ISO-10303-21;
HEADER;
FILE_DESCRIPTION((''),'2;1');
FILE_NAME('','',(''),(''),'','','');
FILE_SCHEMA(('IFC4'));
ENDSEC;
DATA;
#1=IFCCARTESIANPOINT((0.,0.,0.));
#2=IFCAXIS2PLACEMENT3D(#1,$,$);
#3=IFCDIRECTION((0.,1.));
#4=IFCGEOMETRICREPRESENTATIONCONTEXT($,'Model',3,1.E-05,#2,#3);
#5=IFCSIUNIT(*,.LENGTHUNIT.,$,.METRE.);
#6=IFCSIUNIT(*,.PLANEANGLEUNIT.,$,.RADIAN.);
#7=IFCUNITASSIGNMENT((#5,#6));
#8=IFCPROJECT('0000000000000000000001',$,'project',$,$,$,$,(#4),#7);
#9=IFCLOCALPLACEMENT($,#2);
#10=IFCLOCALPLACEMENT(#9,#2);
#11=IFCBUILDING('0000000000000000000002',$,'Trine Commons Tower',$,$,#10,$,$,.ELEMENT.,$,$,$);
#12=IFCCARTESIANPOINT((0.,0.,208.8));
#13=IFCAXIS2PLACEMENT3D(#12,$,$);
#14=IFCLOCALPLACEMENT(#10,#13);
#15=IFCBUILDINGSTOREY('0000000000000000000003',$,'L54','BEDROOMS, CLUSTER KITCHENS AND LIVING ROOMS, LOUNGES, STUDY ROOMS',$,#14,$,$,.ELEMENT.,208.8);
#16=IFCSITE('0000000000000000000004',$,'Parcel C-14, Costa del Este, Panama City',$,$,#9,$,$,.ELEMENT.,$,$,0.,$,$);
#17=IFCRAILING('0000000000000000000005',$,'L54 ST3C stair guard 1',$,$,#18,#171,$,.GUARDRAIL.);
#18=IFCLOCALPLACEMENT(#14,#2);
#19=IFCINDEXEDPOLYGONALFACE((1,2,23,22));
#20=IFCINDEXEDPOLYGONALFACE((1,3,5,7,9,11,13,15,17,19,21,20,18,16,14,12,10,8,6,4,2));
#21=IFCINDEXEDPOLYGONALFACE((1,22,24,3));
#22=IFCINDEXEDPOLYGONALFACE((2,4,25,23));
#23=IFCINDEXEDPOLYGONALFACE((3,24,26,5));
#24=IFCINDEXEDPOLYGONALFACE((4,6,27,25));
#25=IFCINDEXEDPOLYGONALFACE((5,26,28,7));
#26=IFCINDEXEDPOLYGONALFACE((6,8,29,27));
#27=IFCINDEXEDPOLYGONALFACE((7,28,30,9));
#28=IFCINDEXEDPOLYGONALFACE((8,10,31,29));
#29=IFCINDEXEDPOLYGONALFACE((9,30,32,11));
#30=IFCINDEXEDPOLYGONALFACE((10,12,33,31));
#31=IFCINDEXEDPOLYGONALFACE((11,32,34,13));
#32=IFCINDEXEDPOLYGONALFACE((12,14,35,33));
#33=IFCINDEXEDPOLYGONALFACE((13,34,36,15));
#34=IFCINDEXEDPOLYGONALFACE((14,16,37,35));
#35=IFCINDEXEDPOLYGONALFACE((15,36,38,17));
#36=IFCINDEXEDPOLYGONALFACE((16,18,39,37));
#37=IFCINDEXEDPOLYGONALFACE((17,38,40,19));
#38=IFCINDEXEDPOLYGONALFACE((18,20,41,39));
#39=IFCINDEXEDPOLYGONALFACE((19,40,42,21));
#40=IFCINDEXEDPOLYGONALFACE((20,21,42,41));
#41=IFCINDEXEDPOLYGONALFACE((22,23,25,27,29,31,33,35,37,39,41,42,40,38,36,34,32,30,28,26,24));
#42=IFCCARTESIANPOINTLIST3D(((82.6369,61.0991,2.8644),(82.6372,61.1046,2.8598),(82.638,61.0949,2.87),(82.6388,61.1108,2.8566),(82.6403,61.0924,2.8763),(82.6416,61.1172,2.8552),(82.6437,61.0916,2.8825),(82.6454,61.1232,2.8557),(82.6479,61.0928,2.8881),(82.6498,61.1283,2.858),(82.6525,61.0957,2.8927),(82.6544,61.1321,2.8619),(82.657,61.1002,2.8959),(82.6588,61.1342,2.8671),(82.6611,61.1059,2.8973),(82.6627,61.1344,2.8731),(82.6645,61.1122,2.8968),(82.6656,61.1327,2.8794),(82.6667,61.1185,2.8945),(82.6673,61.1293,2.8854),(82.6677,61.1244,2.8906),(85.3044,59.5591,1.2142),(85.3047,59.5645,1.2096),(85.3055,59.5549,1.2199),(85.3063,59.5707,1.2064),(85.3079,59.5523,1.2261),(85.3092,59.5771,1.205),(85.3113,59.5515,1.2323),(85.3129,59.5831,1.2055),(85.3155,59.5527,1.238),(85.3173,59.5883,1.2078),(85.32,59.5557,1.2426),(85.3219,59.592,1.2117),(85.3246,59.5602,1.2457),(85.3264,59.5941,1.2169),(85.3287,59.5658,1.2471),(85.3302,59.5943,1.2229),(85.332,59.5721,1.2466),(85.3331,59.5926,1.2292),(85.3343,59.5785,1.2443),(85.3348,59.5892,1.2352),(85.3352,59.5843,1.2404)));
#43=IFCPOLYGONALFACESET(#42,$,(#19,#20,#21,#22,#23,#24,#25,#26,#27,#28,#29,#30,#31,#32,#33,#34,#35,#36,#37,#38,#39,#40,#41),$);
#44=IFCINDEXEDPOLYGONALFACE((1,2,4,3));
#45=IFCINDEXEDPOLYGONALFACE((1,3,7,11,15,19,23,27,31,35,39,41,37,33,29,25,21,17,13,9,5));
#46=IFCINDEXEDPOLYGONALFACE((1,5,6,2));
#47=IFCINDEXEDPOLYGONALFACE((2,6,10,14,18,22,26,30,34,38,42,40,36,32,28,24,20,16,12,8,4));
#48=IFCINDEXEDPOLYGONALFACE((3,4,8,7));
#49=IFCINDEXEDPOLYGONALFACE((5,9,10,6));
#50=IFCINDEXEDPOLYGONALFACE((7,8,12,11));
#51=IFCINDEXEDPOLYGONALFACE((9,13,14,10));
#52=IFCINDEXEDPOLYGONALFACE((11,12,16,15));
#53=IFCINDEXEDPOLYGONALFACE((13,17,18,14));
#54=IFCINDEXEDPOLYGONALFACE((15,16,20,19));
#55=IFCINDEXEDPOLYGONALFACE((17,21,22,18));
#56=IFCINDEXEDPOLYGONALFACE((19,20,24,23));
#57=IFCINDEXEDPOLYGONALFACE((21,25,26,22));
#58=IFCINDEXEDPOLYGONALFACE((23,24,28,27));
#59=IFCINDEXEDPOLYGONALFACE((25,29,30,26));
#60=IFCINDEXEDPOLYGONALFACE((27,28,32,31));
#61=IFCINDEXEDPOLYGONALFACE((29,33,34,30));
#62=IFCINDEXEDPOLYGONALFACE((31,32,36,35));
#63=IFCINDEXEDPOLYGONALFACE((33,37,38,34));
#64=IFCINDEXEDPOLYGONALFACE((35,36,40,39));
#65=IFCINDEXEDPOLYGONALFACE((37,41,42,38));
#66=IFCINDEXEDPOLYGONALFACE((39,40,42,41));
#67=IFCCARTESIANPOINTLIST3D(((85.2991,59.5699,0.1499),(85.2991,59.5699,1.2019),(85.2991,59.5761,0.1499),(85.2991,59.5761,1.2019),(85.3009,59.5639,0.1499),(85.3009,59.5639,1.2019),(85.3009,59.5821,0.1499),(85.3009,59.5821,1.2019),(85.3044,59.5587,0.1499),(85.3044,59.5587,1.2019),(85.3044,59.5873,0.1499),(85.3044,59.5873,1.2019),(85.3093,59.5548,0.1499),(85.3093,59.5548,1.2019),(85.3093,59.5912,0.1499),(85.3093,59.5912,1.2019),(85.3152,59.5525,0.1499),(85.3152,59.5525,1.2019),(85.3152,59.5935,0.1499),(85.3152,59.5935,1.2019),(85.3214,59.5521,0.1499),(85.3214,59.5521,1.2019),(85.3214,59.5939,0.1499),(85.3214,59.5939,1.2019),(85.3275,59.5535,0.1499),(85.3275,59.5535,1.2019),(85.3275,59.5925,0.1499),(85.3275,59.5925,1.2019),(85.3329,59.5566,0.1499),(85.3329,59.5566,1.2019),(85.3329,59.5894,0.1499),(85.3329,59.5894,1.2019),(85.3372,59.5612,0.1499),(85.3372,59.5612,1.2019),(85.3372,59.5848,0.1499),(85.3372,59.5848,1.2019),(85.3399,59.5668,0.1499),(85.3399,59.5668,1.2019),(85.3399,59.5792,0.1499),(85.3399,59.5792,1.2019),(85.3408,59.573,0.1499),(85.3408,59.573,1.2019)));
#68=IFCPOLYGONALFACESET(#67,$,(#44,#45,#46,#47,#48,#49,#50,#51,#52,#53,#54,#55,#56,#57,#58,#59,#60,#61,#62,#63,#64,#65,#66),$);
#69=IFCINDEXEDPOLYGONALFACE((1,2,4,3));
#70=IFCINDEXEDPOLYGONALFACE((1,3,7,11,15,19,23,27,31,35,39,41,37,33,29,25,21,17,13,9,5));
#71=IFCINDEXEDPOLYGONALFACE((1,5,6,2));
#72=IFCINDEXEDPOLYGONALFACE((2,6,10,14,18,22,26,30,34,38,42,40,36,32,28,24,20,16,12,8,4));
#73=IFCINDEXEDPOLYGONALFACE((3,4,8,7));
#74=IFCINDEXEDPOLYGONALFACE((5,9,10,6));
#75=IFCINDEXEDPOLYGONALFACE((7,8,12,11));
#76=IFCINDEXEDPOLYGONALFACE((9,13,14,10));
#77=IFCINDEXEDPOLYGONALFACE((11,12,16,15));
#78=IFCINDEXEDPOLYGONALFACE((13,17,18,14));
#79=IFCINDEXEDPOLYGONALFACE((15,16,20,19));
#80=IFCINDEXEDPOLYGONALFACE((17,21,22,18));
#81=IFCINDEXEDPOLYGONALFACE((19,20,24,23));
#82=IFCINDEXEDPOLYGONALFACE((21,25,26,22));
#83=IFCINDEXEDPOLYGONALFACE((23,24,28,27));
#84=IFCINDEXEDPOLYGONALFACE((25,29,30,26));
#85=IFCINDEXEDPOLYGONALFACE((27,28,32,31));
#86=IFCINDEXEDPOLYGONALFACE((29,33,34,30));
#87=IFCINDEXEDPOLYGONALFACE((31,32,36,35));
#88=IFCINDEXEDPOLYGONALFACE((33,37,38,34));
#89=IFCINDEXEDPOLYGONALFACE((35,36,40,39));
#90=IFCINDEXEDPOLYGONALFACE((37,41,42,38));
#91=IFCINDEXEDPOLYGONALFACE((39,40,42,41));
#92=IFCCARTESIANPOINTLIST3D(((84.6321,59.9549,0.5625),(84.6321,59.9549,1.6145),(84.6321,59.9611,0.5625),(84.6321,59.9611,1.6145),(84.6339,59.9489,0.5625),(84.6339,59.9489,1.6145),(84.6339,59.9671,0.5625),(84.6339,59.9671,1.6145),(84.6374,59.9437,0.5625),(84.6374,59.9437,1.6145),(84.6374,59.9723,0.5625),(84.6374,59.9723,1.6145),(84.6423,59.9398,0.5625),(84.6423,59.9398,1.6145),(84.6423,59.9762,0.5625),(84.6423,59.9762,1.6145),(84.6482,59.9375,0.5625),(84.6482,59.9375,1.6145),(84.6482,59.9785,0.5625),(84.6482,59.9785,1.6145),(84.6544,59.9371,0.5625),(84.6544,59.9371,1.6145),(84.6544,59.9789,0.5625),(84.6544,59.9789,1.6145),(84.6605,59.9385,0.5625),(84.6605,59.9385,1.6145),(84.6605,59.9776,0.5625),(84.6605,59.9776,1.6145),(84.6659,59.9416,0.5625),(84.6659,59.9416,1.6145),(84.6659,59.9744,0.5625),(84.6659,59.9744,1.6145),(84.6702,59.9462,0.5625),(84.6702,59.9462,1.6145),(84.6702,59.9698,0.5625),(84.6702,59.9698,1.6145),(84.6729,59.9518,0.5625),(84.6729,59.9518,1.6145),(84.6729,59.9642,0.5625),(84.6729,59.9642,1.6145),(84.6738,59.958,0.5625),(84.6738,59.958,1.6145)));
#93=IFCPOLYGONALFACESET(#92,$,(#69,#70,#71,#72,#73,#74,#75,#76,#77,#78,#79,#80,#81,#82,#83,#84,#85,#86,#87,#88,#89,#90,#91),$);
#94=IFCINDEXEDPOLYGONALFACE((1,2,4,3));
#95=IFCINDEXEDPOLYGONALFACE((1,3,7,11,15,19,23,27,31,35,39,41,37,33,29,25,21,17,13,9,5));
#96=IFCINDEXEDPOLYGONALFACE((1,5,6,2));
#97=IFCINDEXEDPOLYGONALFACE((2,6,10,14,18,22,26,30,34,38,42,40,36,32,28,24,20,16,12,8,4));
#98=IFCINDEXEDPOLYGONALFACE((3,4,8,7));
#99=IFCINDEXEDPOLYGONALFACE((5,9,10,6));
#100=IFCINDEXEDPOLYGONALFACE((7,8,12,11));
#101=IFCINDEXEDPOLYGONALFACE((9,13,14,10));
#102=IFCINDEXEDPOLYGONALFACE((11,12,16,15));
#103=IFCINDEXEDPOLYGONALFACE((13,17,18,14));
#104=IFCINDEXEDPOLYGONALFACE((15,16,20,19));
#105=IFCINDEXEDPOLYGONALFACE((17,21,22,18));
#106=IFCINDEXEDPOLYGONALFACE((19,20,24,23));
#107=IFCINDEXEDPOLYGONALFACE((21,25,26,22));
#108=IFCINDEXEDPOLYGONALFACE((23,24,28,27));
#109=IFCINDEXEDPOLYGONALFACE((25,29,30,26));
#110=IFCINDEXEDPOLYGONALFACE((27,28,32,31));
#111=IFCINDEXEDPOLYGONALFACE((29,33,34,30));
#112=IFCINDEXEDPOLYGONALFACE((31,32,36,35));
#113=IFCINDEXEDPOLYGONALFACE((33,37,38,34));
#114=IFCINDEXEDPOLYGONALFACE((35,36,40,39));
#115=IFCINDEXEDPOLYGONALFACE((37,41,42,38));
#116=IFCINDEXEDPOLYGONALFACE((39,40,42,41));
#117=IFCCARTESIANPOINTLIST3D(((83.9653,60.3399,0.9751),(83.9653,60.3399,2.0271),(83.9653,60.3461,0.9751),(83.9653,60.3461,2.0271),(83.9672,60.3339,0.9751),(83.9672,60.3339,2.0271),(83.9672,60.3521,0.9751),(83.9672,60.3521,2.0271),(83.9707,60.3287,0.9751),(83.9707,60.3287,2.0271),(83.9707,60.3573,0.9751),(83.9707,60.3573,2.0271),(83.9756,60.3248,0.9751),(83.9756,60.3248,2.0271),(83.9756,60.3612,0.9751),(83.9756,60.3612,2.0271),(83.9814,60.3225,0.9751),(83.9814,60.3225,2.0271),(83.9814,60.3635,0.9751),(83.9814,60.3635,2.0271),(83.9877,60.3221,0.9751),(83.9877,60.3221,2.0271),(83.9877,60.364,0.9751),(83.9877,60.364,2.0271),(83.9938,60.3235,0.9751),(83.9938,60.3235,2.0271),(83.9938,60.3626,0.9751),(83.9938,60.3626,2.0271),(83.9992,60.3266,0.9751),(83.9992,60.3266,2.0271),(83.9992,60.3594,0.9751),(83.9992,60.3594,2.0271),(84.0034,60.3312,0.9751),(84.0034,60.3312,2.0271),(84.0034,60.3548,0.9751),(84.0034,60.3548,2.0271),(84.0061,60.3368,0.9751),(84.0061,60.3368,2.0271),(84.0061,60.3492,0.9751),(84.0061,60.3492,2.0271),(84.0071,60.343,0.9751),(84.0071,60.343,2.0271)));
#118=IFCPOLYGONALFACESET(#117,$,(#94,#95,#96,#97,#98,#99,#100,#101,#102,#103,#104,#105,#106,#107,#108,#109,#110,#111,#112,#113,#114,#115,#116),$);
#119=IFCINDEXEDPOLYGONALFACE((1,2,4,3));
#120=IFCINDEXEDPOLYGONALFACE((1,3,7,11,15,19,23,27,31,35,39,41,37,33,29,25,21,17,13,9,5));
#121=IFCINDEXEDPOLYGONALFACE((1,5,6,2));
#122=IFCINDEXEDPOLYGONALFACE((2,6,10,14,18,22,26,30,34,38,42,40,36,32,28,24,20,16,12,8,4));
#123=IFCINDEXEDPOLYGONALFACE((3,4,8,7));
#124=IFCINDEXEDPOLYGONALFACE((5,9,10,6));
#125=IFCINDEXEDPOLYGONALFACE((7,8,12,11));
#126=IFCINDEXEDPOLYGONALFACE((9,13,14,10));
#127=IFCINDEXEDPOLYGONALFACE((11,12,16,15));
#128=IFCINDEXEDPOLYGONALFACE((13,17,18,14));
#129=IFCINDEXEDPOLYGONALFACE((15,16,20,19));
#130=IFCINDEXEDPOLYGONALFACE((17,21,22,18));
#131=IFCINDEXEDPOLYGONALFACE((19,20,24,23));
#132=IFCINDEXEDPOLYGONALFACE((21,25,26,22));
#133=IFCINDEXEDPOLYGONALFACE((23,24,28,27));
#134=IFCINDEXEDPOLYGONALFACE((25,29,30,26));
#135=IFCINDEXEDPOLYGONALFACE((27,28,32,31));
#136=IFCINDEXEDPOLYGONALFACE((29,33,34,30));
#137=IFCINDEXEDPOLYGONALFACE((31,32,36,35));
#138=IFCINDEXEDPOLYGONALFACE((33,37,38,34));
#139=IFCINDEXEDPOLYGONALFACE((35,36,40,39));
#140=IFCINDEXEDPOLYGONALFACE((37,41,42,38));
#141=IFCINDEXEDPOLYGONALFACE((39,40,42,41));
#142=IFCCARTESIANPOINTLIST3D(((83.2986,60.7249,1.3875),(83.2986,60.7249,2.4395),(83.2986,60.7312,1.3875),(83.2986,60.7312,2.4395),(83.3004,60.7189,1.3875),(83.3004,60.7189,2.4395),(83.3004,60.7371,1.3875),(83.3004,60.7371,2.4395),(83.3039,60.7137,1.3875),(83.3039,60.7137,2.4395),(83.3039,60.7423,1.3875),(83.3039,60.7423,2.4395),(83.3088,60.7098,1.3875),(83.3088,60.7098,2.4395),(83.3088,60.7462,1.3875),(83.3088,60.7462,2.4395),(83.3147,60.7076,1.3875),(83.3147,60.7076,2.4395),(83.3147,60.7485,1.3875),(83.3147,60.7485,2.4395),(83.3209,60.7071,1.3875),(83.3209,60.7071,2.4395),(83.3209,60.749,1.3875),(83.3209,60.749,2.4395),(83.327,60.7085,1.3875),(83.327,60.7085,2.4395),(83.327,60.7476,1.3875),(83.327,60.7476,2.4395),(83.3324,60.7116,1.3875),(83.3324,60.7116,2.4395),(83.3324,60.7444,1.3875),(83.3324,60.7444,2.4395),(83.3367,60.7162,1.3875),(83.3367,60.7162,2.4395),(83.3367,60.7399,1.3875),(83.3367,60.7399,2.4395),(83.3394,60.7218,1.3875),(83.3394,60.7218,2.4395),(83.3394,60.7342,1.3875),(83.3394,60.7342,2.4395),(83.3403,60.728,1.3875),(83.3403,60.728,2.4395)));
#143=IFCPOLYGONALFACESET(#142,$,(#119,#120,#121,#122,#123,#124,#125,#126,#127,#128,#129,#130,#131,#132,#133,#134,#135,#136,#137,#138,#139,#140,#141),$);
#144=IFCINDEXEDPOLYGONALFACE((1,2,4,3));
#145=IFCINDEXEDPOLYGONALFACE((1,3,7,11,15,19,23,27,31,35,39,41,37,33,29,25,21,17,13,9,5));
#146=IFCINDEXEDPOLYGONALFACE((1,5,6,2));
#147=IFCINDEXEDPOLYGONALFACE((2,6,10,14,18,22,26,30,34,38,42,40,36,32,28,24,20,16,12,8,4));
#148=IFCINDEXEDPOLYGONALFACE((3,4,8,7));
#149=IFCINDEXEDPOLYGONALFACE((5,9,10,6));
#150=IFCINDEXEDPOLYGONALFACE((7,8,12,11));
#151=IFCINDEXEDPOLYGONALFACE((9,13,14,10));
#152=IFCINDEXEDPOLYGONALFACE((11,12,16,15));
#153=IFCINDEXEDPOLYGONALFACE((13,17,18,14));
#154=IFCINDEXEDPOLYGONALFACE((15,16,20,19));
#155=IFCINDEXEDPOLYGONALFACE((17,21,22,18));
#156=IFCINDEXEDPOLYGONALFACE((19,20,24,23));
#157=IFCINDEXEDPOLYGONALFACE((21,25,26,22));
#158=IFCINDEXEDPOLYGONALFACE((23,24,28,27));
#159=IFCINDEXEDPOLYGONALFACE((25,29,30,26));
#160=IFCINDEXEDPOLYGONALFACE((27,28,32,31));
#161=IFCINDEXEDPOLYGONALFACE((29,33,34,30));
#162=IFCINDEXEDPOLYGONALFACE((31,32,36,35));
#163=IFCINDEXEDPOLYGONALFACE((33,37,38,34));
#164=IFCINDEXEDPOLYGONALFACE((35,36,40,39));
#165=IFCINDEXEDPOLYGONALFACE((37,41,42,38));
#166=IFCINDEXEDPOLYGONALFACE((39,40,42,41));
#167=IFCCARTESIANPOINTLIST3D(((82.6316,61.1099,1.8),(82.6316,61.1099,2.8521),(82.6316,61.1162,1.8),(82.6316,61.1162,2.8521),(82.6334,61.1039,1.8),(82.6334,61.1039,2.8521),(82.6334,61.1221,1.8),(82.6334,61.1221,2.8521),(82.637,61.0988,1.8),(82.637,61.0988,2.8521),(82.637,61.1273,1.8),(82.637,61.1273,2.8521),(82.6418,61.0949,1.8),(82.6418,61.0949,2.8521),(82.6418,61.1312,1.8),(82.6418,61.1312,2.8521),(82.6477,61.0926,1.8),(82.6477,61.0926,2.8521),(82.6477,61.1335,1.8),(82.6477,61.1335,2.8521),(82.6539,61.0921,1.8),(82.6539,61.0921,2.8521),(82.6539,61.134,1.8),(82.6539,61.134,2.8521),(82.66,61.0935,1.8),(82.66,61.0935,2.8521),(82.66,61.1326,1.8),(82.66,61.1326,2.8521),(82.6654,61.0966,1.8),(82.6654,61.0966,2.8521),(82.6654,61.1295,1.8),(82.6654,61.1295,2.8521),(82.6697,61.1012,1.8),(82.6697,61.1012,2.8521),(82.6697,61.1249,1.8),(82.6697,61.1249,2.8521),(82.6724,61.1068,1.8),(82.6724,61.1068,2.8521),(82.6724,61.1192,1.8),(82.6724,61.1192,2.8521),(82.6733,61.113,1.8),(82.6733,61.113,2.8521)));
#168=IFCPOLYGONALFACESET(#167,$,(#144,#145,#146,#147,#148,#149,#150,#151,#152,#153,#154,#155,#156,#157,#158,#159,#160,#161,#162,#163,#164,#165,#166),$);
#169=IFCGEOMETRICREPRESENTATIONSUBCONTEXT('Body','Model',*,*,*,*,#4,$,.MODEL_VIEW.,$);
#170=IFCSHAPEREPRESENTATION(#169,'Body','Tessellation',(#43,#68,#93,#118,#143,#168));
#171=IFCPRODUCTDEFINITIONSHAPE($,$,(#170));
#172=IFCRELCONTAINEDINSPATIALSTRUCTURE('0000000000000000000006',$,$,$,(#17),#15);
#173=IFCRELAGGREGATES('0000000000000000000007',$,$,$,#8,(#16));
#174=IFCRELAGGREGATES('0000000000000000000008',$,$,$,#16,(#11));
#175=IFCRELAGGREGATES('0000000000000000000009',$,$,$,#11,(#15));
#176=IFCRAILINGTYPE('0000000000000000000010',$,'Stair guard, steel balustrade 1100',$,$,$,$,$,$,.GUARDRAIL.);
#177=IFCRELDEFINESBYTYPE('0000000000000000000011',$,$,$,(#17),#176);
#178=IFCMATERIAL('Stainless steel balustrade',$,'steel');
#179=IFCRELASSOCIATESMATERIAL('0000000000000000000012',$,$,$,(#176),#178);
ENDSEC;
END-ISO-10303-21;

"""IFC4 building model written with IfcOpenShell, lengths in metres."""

from ifc_helpers import new_model, si_unit, direction, frame, origin, origin_2d, place, context, subcontext, project, spatial, circle, extrude, material, type_object, element, save


model = new_model("IFC4")

# Units and contexts
model_context = context("Model", 3, precision=1e-05, world=origin(), true_north=direction((0.0, 1.0)))
body_context = subcontext(model_context, "Body", "Model", "MODEL_VIEW")
ifc_project = project(units=[si_unit("LENGTHUNIT", "METRE"), si_unit("PLANEANGLEUNIT", "RADIAN")], contexts=[model_context])

# Site, building, storey
site_placement = place(None, origin())
site = spatial("IfcSite", under=ifc_project, at=site_placement, Name="Parcel C-14, Costa del Este, Panama City", CompositionType="ELEMENT", RefElevation=0.0)
building_placement = place(site_placement, origin())
building = spatial("IfcBuilding", under=site, at=building_placement, Name="Trine Commons Tower", CompositionType="ELEMENT")
storey_placement = place(building_placement, frame((0.0, 0.0, 208.8)))
storey = spatial("IfcBuildingStorey", under=building, at=storey_placement, Name="L54", Description="BEDROOMS, CLUSTER KITCHENS AND LIVING ROOMS, LOUNGES, STUDY ROOMS", CompositionType="ELEMENT", Elevation=208.8)

# Railing
ifc_material_1 = material(Name="Stainless steel balustrade", Category="steel")
railing_type_1 = type_object("IfcRailingType", Name="Stair guard, steel balustrade 1100", PredefinedType="GUARDRAIL", material=ifc_material_1)
railing_1_placement = place(storey_placement, frame((85.3198, 59.573, 0.1499)))
element("IfcRailing", 1, at=railing_1_placement, inside=storey, type_object=railing_type_1, Name="L54 ST3C stair guard 1", PredefinedType="GUARDRAIL", context=body_context, shape_type="SweptSolid", body=[
    extrude(circle(Radius=0.0239, at=origin_2d()), frame((0.0, 0.0, 1.0762), z_axis=(-0.76338, 0.440728, 0.472239), x_axis=(-0.499992, -0.86603, 0.0)), (0.0, 0.0, 1.0), 3.4944),
    extrude(circle(Radius=0.021, at=origin_2d()), origin(), (0.0, 0.0, 1.0), 1.052),
    extrude(circle(Radius=0.021, at=origin_2d()), frame((-0.667, 0.385, 0.4126)), (0.0, 0.0, 1.0), 1.052),
    extrude(circle(Radius=0.021, at=origin_2d()), frame((-1.3337, 0.77, 0.8252)), (0.0, 0.0, 1.0), 1.052),
    extrude(circle(Radius=0.021, at=origin_2d()), frame((-2.0005, 1.155, 1.2375)), (0.0, 0.0, 1.0), 1.052),
    extrude(circle(Radius=0.021, at=origin_2d()), frame((-2.6675, 1.54, 1.6501)), (0.0, 0.0, 1.0), 1.052),
])

save(model, "model.ifc")
